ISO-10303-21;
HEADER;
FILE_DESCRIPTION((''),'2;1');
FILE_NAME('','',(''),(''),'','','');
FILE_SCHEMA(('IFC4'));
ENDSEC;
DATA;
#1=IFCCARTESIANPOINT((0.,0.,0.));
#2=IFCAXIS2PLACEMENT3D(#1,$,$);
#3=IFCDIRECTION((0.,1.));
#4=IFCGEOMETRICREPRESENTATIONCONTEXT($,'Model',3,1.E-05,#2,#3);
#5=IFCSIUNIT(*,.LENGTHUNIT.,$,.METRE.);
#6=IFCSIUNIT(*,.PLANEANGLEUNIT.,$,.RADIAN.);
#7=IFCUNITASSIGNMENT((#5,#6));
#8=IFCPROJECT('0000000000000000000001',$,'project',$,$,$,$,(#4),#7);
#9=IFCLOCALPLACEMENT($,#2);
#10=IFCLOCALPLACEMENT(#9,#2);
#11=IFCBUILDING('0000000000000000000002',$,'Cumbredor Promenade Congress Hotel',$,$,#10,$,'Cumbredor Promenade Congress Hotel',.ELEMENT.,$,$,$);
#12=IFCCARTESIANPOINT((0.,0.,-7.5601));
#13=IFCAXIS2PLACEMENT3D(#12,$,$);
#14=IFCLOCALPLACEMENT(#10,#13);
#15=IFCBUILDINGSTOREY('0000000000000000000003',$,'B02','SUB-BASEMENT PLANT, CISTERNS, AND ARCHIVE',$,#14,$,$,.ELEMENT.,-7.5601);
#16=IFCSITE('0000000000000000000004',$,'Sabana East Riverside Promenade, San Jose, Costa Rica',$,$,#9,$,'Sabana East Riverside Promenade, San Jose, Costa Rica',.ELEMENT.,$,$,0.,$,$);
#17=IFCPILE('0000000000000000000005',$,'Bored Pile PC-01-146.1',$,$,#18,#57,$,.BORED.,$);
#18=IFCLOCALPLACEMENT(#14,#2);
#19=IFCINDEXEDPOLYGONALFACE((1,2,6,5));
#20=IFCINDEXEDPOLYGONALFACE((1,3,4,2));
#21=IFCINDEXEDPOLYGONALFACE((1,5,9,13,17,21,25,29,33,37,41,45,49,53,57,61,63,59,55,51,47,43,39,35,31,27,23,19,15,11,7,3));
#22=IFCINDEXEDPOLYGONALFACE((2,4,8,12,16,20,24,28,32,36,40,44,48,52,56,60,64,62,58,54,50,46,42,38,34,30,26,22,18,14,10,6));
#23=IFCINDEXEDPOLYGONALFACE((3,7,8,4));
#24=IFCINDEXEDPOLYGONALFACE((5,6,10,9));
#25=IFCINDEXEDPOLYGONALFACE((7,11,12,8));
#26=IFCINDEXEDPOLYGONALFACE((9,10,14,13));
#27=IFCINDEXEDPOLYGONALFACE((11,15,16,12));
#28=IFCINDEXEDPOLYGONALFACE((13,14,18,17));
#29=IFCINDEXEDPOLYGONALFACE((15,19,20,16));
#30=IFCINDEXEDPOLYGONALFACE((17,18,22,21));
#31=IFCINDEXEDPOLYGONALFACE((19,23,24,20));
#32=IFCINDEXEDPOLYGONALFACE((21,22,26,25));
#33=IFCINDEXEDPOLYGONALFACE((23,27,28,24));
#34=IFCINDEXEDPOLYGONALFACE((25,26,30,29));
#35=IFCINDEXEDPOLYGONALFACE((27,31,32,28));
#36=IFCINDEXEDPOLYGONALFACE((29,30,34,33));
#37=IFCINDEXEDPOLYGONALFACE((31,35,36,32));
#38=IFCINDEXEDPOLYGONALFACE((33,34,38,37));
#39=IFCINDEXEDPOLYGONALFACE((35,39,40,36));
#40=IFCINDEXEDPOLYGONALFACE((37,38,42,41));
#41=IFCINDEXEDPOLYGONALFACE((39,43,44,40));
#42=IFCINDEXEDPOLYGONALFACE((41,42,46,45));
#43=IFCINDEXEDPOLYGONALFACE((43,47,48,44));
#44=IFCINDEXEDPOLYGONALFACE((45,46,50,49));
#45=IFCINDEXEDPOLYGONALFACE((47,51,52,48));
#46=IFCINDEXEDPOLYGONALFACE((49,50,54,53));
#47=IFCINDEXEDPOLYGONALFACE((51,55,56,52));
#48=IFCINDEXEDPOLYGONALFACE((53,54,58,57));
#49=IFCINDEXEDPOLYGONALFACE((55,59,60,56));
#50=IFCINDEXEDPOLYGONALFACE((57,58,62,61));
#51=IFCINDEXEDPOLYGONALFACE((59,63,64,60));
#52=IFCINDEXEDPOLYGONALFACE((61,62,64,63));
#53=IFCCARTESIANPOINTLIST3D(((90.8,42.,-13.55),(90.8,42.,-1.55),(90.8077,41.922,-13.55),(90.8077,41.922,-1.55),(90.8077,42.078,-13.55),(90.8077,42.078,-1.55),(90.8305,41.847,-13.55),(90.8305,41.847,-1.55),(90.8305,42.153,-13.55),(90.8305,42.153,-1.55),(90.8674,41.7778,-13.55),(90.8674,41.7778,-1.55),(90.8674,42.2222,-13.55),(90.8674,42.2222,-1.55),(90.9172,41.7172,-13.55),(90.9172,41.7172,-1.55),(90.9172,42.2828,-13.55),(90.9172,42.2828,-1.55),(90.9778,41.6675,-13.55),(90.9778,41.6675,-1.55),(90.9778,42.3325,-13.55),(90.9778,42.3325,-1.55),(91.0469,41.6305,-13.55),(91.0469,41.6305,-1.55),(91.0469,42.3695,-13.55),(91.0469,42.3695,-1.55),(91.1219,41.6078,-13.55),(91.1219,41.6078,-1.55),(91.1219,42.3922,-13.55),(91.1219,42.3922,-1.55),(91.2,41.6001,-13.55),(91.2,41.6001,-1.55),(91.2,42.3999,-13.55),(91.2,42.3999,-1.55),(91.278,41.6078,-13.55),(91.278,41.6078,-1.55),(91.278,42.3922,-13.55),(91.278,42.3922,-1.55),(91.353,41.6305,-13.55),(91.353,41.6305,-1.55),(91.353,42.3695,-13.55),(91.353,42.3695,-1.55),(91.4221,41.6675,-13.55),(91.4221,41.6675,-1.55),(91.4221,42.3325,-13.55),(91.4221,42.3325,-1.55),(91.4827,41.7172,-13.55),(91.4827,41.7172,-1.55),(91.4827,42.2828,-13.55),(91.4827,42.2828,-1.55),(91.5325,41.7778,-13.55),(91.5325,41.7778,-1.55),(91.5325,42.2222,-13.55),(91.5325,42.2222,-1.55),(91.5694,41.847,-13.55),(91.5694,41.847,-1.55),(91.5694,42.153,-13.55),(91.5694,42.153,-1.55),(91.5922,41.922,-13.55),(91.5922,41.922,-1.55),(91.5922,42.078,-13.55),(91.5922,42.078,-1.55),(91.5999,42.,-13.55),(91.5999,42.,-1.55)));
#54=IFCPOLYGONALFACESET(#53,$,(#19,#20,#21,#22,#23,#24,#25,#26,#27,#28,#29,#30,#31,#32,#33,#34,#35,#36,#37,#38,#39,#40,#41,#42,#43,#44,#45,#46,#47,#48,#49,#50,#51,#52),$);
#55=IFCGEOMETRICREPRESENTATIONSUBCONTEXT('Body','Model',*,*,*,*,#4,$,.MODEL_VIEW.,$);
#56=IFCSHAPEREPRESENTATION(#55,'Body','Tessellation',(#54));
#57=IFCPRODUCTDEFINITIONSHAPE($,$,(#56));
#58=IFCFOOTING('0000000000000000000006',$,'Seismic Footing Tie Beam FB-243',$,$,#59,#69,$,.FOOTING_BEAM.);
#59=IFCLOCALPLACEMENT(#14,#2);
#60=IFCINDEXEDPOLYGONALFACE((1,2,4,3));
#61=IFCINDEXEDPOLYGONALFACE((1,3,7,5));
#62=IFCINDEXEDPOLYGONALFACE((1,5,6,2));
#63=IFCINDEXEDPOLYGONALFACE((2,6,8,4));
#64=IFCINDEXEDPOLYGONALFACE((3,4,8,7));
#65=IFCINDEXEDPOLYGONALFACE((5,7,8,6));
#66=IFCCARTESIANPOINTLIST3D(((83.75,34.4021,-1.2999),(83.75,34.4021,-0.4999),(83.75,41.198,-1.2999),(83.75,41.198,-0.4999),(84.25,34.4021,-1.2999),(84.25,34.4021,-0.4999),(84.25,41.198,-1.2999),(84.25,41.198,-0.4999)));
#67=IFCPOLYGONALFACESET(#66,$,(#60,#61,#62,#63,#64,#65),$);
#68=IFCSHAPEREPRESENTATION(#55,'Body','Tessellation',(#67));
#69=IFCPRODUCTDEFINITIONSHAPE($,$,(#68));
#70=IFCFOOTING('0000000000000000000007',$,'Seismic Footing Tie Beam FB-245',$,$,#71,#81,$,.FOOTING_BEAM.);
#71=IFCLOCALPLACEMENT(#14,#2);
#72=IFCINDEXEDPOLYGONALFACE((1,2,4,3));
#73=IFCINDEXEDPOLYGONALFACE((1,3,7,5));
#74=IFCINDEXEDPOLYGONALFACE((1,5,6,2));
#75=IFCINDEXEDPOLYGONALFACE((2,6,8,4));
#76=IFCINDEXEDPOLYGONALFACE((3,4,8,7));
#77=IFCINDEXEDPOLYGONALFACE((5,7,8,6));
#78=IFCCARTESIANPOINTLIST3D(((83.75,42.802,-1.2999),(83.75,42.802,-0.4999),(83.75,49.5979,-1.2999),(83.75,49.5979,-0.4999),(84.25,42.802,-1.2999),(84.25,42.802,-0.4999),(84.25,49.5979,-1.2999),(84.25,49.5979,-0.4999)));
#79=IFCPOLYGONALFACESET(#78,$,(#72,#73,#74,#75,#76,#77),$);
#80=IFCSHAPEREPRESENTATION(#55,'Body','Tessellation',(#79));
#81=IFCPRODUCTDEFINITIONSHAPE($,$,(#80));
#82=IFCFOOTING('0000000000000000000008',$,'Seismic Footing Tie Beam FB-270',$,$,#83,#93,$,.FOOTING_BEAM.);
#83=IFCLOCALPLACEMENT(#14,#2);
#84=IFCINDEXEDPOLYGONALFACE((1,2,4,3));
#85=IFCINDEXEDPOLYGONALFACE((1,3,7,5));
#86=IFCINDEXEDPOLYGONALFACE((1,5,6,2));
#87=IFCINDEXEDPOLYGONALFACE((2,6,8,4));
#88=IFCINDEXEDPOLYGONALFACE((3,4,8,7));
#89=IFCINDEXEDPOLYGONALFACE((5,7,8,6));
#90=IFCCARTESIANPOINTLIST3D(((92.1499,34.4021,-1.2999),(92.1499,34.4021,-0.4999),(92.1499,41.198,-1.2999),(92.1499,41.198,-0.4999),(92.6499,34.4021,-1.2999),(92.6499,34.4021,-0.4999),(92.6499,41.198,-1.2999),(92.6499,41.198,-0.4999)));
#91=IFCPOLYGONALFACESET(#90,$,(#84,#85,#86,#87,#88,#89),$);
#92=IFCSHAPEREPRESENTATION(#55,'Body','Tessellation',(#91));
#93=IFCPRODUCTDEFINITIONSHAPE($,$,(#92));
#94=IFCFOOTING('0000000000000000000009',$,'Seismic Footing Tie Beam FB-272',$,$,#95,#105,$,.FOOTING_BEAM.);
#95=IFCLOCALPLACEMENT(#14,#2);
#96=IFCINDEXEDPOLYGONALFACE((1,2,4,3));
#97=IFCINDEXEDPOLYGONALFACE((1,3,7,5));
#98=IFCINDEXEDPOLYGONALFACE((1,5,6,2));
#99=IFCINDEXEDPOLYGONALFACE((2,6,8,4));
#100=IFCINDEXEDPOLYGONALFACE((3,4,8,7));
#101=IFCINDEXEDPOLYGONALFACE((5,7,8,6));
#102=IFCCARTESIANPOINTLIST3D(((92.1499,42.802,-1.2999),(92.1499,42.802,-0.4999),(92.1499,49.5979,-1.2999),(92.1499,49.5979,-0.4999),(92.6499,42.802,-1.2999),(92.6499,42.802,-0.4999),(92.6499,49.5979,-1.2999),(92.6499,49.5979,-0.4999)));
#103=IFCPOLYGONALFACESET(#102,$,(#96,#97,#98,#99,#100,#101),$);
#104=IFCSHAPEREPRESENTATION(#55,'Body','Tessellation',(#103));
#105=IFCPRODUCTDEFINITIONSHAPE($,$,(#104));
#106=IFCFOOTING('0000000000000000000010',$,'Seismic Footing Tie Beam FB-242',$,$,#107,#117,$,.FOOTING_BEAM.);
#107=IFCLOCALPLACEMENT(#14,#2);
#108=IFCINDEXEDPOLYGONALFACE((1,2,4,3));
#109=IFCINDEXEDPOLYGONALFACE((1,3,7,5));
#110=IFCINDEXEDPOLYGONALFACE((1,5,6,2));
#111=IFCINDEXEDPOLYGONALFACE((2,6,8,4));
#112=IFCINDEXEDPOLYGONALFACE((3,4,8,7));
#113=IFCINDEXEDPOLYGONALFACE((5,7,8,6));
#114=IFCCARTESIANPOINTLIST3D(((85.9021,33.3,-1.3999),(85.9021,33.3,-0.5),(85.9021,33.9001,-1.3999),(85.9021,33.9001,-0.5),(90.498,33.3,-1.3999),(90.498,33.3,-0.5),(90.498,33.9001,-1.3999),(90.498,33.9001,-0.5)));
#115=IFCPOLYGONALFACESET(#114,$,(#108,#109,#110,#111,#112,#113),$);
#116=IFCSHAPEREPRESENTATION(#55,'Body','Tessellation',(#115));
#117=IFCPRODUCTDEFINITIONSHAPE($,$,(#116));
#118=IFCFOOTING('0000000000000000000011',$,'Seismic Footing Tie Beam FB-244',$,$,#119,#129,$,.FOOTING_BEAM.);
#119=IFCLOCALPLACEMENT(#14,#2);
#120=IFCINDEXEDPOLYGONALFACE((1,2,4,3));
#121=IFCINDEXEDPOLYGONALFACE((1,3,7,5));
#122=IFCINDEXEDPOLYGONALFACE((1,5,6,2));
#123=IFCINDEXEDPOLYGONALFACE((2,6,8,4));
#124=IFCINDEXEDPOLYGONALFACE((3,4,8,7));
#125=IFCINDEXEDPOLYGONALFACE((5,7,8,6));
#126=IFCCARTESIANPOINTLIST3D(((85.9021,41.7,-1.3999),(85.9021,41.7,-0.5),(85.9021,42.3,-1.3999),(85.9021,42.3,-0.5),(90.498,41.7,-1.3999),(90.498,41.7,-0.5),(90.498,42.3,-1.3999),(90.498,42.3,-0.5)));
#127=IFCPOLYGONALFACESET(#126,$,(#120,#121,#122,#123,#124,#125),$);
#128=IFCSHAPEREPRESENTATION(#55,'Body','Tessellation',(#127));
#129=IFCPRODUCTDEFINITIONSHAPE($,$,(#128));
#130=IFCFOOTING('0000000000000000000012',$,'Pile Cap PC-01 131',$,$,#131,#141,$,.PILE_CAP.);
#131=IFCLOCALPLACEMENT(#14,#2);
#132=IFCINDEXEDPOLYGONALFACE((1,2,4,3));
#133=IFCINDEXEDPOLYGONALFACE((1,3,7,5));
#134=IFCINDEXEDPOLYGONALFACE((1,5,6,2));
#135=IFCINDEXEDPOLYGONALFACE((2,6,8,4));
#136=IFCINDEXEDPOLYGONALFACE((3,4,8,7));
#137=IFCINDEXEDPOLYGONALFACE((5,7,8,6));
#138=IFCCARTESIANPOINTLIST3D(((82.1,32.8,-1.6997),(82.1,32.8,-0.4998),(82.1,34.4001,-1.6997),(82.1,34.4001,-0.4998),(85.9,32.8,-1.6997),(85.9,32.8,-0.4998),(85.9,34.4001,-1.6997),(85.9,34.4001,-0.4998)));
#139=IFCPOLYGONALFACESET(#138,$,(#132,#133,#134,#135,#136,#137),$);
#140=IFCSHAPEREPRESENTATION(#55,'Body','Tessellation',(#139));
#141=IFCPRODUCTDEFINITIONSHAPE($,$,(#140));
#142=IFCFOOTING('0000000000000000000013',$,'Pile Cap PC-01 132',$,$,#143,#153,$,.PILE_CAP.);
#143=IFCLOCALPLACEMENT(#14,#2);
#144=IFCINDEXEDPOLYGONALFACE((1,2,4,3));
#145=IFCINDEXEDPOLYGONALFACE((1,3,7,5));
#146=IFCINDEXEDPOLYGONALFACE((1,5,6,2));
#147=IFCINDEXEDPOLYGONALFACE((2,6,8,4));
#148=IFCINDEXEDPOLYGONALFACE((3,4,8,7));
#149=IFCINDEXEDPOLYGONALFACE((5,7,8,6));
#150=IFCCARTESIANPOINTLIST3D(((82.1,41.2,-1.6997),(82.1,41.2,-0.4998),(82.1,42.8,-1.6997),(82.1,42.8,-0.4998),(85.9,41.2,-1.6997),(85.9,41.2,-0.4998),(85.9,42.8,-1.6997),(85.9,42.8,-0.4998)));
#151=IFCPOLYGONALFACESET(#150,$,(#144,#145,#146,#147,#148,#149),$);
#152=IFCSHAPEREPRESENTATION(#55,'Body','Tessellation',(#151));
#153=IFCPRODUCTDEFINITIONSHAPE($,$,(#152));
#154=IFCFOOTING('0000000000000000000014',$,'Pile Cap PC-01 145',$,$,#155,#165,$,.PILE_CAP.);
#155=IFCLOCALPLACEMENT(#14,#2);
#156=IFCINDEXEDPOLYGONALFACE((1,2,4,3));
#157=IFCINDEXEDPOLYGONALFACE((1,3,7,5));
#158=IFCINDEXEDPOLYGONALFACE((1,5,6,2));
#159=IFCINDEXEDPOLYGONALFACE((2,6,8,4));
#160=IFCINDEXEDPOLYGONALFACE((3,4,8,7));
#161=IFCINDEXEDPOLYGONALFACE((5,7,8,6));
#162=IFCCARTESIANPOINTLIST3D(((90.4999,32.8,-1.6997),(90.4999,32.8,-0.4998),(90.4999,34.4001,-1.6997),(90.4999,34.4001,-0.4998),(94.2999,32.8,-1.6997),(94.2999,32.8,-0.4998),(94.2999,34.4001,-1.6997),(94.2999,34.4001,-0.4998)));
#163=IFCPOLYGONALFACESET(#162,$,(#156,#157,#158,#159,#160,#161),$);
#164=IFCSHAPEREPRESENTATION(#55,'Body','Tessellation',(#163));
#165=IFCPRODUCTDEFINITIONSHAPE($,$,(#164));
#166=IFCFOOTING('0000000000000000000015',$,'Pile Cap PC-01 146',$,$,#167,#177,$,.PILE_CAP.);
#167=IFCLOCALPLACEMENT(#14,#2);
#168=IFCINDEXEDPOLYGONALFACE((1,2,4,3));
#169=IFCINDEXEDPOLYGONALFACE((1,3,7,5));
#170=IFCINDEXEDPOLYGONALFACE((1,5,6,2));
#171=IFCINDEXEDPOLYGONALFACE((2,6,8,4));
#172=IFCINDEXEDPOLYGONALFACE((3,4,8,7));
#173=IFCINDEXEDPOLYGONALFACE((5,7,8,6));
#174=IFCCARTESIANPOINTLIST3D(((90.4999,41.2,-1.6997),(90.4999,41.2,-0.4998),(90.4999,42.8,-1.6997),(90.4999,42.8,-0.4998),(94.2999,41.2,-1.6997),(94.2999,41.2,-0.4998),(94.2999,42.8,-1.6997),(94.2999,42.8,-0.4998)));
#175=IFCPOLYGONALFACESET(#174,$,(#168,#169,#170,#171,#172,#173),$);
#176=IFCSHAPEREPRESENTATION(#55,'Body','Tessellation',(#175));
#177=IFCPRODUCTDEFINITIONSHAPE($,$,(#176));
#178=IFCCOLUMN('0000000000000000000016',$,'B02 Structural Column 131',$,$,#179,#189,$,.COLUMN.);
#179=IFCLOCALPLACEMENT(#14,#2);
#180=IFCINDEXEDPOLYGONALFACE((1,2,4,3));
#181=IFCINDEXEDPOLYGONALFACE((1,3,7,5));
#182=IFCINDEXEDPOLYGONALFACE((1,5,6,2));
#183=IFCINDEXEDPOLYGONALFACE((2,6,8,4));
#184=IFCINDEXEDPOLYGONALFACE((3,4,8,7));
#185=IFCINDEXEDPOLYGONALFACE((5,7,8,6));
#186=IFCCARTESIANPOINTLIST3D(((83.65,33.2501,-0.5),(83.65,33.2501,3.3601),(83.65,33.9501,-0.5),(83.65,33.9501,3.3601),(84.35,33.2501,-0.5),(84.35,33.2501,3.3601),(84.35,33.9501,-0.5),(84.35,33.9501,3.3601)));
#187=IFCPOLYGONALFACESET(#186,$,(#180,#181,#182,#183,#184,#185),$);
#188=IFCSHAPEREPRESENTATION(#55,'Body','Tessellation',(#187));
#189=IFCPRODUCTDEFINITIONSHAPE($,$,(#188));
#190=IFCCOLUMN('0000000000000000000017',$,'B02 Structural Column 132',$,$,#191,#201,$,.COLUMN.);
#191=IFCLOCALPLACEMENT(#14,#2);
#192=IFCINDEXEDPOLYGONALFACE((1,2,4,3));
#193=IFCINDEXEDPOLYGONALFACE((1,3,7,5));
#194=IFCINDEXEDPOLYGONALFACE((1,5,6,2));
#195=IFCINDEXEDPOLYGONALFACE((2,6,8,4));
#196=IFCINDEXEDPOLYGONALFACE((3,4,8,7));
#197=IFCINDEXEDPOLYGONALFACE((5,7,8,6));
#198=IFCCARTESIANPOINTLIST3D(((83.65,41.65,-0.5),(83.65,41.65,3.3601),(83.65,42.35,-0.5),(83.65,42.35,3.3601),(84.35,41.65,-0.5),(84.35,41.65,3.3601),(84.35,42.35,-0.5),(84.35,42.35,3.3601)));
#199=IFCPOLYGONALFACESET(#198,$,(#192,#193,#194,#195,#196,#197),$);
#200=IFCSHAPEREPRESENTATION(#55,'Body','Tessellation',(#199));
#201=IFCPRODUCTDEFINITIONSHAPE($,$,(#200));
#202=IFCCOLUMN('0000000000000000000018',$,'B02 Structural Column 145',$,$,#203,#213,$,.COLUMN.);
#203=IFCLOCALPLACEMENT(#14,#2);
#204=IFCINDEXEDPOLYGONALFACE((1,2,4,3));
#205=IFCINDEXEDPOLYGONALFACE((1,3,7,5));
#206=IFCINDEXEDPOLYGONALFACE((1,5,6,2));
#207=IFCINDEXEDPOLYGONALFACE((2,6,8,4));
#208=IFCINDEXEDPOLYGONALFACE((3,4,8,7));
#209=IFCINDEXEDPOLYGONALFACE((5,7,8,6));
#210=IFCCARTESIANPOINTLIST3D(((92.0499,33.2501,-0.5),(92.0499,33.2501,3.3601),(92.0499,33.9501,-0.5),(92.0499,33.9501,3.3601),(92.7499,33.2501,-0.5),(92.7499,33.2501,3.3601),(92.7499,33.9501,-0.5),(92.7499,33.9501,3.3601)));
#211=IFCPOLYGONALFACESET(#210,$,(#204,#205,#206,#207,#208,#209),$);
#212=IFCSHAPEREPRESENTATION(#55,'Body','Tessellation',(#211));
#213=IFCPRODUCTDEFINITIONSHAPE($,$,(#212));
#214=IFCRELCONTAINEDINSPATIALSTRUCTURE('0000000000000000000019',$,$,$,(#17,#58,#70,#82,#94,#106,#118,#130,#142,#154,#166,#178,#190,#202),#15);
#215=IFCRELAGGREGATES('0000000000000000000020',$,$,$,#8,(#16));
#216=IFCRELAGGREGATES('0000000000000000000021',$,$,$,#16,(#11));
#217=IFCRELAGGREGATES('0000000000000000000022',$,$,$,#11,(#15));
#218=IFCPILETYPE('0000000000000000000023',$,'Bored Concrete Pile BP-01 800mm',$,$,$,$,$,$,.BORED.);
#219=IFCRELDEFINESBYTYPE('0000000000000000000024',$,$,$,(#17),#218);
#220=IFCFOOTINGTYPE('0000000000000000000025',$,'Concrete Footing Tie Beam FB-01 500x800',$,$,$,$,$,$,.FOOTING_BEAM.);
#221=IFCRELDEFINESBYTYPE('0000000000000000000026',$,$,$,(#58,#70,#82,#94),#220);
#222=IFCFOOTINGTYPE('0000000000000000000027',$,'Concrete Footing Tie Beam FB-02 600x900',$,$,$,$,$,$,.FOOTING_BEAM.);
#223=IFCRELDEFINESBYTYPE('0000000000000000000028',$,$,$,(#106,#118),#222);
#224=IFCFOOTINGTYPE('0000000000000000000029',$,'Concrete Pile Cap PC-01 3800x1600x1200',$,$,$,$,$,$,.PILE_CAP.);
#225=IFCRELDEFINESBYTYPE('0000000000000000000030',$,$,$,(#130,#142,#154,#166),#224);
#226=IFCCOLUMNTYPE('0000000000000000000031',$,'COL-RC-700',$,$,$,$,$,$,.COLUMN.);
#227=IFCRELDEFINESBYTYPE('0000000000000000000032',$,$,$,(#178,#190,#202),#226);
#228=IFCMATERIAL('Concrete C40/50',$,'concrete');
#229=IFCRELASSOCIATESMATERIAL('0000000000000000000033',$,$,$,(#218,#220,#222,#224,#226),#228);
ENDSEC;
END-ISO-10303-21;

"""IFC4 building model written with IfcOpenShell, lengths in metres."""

from ifc_helpers import new_model, si_unit, direction, frame, origin, origin_2d, place, context, subcontext, project, spatial, rectangle, circle, extrude, material, material_profile, profile_set, type_object, element, save


model = new_model("IFC4")

# Units and contexts
model_context = context("Model", 3, precision=1e-05, world=origin(), true_north=direction((0.0, 1.0)))
body_context = subcontext(model_context, "Body", "Model", "MODEL_VIEW")
ifc_project = project(units=[si_unit("LENGTHUNIT", "METRE"), si_unit("PLANEANGLEUNIT", "RADIAN")], contexts=[model_context])

# Site, building, storey
site_placement = place(None, origin())
site = spatial("IfcSite", under=ifc_project, at=site_placement, Name="Sabana East Riverside Promenade, San Jose, Costa Rica", LongName="Sabana East Riverside Promenade, San Jose, Costa Rica", CompositionType="ELEMENT", RefElevation=0.0)
building_placement = place(site_placement, origin())
building = spatial("IfcBuilding", under=site, at=building_placement, Name="Cumbredor Promenade Congress Hotel", LongName="Cumbredor Promenade Congress Hotel", CompositionType="ELEMENT")
storey_placement = place(building_placement, frame((0.0, 0.0, -7.5601)))
storey = spatial("IfcBuildingStorey", under=building, at=storey_placement, Name="B02", Description="SUB-BASEMENT PLANT, CISTERNS, AND ARCHIVE", CompositionType="ELEMENT", Elevation=-7.5601)

# Pile
ifc_material_1 = material(Name="Concrete C40/50", Category="concrete")
ifc_material_profile_1 = material_profile(ifc_material_1, circle(Radius=0.3999, at=origin_2d()), Name="PILE D800")
ifc_profile_set_1 = profile_set([ifc_material_profile_1], Name="Concrete C40/50")
pile_type = type_object("IfcPileType", Name="Bored Concrete Pile BP-01 800mm", PredefinedType="BORED", material=ifc_profile_set_1)
for number, where, z_axis, x_axis, name in (
    (1, (91.2, 42.0, -1.55), (0.0, 0.0, -1.0), (1.0, 0.0, 0.0), "Bored Pile PC-01-146.1"),
):
    element("IfcPile", number, at=place(storey_placement, frame(where, z_axis=z_axis, x_axis=x_axis)), inside=storey, type_object=pile_type, Name=name, PredefinedType="BORED", context=body_context, shape_type="SweptSolid", body=[
        extrude(circle(Radius=0.3999, at=origin_2d()), origin(), (0.0, 0.0, 1.0), 12.0),
    ])

# Footings
ifc_material_profile_2 = material_profile(ifc_material_1, rectangle(XDim=0.5, YDim=0.8, at=origin_2d()), Name="FB 500x800")
ifc_profile_set_2 = profile_set([ifc_material_profile_2], Name="Concrete C40/50")
footing_type_1 = type_object("IfcFootingType", Name="Concrete Footing Tie Beam FB-01 500x800", PredefinedType="FOOTING_BEAM", material=ifc_profile_set_2)
for number, where, z_axis, x_axis, name in (
    (2, (84.0, 34.4021, -0.8999), (0.0, 1.0, 0.0), (-1.0, 0.0, 0.0), "Seismic Footing Tie Beam FB-243"),
    (3, (84.0, 42.802, -0.8999), (0.0, 1.0, 0.0), (-1.0, 0.0, 0.0), "Seismic Footing Tie Beam FB-245"),
    (4, (92.3999, 34.4021, -0.8999), (0.0, 1.0, 0.0), (-1.0, 0.0, 0.0), "Seismic Footing Tie Beam FB-270"),
    (5, (92.3999, 42.802, -0.8999), (0.0, 1.0, 0.0), (-1.0, 0.0, 0.0), "Seismic Footing Tie Beam FB-272"),
):
    element("IfcFooting", number, at=place(storey_placement, frame(where, z_axis=z_axis, x_axis=x_axis)), inside=storey, type_object=footing_type_1, Name=name, PredefinedType="FOOTING_BEAM", context=body_context, shape_type="SweptSolid", body=[
        extrude(rectangle(XDim=0.5, YDim=0.8, at=origin_2d()), origin(), (0.0, 0.0, 1.0), 6.7959),
    ])
ifc_material_profile_3 = material_profile(ifc_material_1, rectangle(XDim=0.6001, YDim=0.8999, at=origin_2d()), Name="FB 600x900")
ifc_profile_set_3 = profile_set([ifc_material_profile_3], Name="Concrete C40/50")
footing_type_2 = type_object("IfcFootingType", Name="Concrete Footing Tie Beam FB-02 600x900", PredefinedType="FOOTING_BEAM", material=ifc_profile_set_3)
for number, where, z_axis, x_axis, name in (
    (6, (85.9021, 33.6001, -0.95), (1.0, 0.0, 0.0), (0.0, 1.0, 0.0), "Seismic Footing Tie Beam FB-242"),
    (7, (85.9021, 42.0, -0.95), (1.0, 0.0, 0.0), (0.0, 1.0, 0.0), "Seismic Footing Tie Beam FB-244"),
):
    element("IfcFooting", number, at=place(storey_placement, frame(where, z_axis=z_axis, x_axis=x_axis)), inside=storey, type_object=footing_type_2, Name=name, PredefinedType="FOOTING_BEAM", context=body_context, shape_type="SweptSolid", body=[
        extrude(rectangle(XDim=0.6001, YDim=0.8999, at=origin_2d()), origin(), (0.0, 0.0, 1.0), 4.5959),
    ])
footing_type_3 = type_object("IfcFootingType", Name="Concrete Pile Cap PC-01 3800x1600x1200", PredefinedType="PILE_CAP", material=ifc_material_1)
for number, where, z_axis, x_axis, name in (
    (8, (84.0, 33.6001, -1.6997), (0.0, 0.0, 1.0), (1.0, 0.0, 0.0), "Pile Cap PC-01 131"),
    (9, (84.0, 42.0, -1.6997), (0.0, 0.0, 1.0), (1.0, 0.0, 0.0), "Pile Cap PC-01 132"),
    (10, (92.3999, 33.6001, -1.6997), (0.0, 0.0, 1.0), (1.0, 0.0, 0.0), "Pile Cap PC-01 145"),
    (11, (92.3999, 42.0, -1.6997), (0.0, 0.0, 1.0), (1.0, 0.0, 0.0), "Pile Cap PC-01 146"),
):
    element("IfcFooting", number, at=place(storey_placement, frame(where, z_axis=z_axis, x_axis=x_axis)), inside=storey, type_object=footing_type_3, Name=name, PredefinedType="PILE_CAP", context=body_context, shape_type="SweptSolid", body=[
        extrude(rectangle(XDim=3.8, YDim=1.6001, at=origin_2d()), origin(), (0.0, 0.0, 1.0), 1.2),
    ])

# Columns
ifc_material_profile_4 = material_profile(ifc_material_1, rectangle(XDim=0.7, YDim=0.7, at=origin_2d()), Name="RC 700x700")
ifc_profile_set_4 = profile_set([ifc_material_profile_4], Name="Concrete C40/50")
column_type = type_object("IfcColumnType", Name="COL-RC-700", PredefinedType="COLUMN", material=ifc_profile_set_4)
for number, where, z_axis, x_axis, name in (
    (12, (84.0, 33.6001, -0.5), (0.0, 0.0, 1.0), (1.0, 0.0, 0.0), "B02 Structural Column 131"),
    (13, (84.0, 42.0, -0.5), (0.0, 0.0, 1.0), (1.0, 0.0, 0.0), "B02 Structural Column 132"),
    (14, (92.3999, 33.6001, -0.5), (0.0, 0.0, 1.0), (1.0, 0.0, 0.0), "B02 Structural Column 145"),
):
    element("IfcColumn", number, at=place(storey_placement, frame(where, z_axis=z_axis, x_axis=x_axis)), inside=storey, type_object=column_type, Name=name, PredefinedType="COLUMN", context=body_context, shape_type="SweptSolid", body=[
        extrude(rectangle(XDim=0.7, YDim=0.7, at=origin_2d()), origin(), (0.0, 0.0, 1.0), 3.8601),
    ])

save(model, "model.ifc")
